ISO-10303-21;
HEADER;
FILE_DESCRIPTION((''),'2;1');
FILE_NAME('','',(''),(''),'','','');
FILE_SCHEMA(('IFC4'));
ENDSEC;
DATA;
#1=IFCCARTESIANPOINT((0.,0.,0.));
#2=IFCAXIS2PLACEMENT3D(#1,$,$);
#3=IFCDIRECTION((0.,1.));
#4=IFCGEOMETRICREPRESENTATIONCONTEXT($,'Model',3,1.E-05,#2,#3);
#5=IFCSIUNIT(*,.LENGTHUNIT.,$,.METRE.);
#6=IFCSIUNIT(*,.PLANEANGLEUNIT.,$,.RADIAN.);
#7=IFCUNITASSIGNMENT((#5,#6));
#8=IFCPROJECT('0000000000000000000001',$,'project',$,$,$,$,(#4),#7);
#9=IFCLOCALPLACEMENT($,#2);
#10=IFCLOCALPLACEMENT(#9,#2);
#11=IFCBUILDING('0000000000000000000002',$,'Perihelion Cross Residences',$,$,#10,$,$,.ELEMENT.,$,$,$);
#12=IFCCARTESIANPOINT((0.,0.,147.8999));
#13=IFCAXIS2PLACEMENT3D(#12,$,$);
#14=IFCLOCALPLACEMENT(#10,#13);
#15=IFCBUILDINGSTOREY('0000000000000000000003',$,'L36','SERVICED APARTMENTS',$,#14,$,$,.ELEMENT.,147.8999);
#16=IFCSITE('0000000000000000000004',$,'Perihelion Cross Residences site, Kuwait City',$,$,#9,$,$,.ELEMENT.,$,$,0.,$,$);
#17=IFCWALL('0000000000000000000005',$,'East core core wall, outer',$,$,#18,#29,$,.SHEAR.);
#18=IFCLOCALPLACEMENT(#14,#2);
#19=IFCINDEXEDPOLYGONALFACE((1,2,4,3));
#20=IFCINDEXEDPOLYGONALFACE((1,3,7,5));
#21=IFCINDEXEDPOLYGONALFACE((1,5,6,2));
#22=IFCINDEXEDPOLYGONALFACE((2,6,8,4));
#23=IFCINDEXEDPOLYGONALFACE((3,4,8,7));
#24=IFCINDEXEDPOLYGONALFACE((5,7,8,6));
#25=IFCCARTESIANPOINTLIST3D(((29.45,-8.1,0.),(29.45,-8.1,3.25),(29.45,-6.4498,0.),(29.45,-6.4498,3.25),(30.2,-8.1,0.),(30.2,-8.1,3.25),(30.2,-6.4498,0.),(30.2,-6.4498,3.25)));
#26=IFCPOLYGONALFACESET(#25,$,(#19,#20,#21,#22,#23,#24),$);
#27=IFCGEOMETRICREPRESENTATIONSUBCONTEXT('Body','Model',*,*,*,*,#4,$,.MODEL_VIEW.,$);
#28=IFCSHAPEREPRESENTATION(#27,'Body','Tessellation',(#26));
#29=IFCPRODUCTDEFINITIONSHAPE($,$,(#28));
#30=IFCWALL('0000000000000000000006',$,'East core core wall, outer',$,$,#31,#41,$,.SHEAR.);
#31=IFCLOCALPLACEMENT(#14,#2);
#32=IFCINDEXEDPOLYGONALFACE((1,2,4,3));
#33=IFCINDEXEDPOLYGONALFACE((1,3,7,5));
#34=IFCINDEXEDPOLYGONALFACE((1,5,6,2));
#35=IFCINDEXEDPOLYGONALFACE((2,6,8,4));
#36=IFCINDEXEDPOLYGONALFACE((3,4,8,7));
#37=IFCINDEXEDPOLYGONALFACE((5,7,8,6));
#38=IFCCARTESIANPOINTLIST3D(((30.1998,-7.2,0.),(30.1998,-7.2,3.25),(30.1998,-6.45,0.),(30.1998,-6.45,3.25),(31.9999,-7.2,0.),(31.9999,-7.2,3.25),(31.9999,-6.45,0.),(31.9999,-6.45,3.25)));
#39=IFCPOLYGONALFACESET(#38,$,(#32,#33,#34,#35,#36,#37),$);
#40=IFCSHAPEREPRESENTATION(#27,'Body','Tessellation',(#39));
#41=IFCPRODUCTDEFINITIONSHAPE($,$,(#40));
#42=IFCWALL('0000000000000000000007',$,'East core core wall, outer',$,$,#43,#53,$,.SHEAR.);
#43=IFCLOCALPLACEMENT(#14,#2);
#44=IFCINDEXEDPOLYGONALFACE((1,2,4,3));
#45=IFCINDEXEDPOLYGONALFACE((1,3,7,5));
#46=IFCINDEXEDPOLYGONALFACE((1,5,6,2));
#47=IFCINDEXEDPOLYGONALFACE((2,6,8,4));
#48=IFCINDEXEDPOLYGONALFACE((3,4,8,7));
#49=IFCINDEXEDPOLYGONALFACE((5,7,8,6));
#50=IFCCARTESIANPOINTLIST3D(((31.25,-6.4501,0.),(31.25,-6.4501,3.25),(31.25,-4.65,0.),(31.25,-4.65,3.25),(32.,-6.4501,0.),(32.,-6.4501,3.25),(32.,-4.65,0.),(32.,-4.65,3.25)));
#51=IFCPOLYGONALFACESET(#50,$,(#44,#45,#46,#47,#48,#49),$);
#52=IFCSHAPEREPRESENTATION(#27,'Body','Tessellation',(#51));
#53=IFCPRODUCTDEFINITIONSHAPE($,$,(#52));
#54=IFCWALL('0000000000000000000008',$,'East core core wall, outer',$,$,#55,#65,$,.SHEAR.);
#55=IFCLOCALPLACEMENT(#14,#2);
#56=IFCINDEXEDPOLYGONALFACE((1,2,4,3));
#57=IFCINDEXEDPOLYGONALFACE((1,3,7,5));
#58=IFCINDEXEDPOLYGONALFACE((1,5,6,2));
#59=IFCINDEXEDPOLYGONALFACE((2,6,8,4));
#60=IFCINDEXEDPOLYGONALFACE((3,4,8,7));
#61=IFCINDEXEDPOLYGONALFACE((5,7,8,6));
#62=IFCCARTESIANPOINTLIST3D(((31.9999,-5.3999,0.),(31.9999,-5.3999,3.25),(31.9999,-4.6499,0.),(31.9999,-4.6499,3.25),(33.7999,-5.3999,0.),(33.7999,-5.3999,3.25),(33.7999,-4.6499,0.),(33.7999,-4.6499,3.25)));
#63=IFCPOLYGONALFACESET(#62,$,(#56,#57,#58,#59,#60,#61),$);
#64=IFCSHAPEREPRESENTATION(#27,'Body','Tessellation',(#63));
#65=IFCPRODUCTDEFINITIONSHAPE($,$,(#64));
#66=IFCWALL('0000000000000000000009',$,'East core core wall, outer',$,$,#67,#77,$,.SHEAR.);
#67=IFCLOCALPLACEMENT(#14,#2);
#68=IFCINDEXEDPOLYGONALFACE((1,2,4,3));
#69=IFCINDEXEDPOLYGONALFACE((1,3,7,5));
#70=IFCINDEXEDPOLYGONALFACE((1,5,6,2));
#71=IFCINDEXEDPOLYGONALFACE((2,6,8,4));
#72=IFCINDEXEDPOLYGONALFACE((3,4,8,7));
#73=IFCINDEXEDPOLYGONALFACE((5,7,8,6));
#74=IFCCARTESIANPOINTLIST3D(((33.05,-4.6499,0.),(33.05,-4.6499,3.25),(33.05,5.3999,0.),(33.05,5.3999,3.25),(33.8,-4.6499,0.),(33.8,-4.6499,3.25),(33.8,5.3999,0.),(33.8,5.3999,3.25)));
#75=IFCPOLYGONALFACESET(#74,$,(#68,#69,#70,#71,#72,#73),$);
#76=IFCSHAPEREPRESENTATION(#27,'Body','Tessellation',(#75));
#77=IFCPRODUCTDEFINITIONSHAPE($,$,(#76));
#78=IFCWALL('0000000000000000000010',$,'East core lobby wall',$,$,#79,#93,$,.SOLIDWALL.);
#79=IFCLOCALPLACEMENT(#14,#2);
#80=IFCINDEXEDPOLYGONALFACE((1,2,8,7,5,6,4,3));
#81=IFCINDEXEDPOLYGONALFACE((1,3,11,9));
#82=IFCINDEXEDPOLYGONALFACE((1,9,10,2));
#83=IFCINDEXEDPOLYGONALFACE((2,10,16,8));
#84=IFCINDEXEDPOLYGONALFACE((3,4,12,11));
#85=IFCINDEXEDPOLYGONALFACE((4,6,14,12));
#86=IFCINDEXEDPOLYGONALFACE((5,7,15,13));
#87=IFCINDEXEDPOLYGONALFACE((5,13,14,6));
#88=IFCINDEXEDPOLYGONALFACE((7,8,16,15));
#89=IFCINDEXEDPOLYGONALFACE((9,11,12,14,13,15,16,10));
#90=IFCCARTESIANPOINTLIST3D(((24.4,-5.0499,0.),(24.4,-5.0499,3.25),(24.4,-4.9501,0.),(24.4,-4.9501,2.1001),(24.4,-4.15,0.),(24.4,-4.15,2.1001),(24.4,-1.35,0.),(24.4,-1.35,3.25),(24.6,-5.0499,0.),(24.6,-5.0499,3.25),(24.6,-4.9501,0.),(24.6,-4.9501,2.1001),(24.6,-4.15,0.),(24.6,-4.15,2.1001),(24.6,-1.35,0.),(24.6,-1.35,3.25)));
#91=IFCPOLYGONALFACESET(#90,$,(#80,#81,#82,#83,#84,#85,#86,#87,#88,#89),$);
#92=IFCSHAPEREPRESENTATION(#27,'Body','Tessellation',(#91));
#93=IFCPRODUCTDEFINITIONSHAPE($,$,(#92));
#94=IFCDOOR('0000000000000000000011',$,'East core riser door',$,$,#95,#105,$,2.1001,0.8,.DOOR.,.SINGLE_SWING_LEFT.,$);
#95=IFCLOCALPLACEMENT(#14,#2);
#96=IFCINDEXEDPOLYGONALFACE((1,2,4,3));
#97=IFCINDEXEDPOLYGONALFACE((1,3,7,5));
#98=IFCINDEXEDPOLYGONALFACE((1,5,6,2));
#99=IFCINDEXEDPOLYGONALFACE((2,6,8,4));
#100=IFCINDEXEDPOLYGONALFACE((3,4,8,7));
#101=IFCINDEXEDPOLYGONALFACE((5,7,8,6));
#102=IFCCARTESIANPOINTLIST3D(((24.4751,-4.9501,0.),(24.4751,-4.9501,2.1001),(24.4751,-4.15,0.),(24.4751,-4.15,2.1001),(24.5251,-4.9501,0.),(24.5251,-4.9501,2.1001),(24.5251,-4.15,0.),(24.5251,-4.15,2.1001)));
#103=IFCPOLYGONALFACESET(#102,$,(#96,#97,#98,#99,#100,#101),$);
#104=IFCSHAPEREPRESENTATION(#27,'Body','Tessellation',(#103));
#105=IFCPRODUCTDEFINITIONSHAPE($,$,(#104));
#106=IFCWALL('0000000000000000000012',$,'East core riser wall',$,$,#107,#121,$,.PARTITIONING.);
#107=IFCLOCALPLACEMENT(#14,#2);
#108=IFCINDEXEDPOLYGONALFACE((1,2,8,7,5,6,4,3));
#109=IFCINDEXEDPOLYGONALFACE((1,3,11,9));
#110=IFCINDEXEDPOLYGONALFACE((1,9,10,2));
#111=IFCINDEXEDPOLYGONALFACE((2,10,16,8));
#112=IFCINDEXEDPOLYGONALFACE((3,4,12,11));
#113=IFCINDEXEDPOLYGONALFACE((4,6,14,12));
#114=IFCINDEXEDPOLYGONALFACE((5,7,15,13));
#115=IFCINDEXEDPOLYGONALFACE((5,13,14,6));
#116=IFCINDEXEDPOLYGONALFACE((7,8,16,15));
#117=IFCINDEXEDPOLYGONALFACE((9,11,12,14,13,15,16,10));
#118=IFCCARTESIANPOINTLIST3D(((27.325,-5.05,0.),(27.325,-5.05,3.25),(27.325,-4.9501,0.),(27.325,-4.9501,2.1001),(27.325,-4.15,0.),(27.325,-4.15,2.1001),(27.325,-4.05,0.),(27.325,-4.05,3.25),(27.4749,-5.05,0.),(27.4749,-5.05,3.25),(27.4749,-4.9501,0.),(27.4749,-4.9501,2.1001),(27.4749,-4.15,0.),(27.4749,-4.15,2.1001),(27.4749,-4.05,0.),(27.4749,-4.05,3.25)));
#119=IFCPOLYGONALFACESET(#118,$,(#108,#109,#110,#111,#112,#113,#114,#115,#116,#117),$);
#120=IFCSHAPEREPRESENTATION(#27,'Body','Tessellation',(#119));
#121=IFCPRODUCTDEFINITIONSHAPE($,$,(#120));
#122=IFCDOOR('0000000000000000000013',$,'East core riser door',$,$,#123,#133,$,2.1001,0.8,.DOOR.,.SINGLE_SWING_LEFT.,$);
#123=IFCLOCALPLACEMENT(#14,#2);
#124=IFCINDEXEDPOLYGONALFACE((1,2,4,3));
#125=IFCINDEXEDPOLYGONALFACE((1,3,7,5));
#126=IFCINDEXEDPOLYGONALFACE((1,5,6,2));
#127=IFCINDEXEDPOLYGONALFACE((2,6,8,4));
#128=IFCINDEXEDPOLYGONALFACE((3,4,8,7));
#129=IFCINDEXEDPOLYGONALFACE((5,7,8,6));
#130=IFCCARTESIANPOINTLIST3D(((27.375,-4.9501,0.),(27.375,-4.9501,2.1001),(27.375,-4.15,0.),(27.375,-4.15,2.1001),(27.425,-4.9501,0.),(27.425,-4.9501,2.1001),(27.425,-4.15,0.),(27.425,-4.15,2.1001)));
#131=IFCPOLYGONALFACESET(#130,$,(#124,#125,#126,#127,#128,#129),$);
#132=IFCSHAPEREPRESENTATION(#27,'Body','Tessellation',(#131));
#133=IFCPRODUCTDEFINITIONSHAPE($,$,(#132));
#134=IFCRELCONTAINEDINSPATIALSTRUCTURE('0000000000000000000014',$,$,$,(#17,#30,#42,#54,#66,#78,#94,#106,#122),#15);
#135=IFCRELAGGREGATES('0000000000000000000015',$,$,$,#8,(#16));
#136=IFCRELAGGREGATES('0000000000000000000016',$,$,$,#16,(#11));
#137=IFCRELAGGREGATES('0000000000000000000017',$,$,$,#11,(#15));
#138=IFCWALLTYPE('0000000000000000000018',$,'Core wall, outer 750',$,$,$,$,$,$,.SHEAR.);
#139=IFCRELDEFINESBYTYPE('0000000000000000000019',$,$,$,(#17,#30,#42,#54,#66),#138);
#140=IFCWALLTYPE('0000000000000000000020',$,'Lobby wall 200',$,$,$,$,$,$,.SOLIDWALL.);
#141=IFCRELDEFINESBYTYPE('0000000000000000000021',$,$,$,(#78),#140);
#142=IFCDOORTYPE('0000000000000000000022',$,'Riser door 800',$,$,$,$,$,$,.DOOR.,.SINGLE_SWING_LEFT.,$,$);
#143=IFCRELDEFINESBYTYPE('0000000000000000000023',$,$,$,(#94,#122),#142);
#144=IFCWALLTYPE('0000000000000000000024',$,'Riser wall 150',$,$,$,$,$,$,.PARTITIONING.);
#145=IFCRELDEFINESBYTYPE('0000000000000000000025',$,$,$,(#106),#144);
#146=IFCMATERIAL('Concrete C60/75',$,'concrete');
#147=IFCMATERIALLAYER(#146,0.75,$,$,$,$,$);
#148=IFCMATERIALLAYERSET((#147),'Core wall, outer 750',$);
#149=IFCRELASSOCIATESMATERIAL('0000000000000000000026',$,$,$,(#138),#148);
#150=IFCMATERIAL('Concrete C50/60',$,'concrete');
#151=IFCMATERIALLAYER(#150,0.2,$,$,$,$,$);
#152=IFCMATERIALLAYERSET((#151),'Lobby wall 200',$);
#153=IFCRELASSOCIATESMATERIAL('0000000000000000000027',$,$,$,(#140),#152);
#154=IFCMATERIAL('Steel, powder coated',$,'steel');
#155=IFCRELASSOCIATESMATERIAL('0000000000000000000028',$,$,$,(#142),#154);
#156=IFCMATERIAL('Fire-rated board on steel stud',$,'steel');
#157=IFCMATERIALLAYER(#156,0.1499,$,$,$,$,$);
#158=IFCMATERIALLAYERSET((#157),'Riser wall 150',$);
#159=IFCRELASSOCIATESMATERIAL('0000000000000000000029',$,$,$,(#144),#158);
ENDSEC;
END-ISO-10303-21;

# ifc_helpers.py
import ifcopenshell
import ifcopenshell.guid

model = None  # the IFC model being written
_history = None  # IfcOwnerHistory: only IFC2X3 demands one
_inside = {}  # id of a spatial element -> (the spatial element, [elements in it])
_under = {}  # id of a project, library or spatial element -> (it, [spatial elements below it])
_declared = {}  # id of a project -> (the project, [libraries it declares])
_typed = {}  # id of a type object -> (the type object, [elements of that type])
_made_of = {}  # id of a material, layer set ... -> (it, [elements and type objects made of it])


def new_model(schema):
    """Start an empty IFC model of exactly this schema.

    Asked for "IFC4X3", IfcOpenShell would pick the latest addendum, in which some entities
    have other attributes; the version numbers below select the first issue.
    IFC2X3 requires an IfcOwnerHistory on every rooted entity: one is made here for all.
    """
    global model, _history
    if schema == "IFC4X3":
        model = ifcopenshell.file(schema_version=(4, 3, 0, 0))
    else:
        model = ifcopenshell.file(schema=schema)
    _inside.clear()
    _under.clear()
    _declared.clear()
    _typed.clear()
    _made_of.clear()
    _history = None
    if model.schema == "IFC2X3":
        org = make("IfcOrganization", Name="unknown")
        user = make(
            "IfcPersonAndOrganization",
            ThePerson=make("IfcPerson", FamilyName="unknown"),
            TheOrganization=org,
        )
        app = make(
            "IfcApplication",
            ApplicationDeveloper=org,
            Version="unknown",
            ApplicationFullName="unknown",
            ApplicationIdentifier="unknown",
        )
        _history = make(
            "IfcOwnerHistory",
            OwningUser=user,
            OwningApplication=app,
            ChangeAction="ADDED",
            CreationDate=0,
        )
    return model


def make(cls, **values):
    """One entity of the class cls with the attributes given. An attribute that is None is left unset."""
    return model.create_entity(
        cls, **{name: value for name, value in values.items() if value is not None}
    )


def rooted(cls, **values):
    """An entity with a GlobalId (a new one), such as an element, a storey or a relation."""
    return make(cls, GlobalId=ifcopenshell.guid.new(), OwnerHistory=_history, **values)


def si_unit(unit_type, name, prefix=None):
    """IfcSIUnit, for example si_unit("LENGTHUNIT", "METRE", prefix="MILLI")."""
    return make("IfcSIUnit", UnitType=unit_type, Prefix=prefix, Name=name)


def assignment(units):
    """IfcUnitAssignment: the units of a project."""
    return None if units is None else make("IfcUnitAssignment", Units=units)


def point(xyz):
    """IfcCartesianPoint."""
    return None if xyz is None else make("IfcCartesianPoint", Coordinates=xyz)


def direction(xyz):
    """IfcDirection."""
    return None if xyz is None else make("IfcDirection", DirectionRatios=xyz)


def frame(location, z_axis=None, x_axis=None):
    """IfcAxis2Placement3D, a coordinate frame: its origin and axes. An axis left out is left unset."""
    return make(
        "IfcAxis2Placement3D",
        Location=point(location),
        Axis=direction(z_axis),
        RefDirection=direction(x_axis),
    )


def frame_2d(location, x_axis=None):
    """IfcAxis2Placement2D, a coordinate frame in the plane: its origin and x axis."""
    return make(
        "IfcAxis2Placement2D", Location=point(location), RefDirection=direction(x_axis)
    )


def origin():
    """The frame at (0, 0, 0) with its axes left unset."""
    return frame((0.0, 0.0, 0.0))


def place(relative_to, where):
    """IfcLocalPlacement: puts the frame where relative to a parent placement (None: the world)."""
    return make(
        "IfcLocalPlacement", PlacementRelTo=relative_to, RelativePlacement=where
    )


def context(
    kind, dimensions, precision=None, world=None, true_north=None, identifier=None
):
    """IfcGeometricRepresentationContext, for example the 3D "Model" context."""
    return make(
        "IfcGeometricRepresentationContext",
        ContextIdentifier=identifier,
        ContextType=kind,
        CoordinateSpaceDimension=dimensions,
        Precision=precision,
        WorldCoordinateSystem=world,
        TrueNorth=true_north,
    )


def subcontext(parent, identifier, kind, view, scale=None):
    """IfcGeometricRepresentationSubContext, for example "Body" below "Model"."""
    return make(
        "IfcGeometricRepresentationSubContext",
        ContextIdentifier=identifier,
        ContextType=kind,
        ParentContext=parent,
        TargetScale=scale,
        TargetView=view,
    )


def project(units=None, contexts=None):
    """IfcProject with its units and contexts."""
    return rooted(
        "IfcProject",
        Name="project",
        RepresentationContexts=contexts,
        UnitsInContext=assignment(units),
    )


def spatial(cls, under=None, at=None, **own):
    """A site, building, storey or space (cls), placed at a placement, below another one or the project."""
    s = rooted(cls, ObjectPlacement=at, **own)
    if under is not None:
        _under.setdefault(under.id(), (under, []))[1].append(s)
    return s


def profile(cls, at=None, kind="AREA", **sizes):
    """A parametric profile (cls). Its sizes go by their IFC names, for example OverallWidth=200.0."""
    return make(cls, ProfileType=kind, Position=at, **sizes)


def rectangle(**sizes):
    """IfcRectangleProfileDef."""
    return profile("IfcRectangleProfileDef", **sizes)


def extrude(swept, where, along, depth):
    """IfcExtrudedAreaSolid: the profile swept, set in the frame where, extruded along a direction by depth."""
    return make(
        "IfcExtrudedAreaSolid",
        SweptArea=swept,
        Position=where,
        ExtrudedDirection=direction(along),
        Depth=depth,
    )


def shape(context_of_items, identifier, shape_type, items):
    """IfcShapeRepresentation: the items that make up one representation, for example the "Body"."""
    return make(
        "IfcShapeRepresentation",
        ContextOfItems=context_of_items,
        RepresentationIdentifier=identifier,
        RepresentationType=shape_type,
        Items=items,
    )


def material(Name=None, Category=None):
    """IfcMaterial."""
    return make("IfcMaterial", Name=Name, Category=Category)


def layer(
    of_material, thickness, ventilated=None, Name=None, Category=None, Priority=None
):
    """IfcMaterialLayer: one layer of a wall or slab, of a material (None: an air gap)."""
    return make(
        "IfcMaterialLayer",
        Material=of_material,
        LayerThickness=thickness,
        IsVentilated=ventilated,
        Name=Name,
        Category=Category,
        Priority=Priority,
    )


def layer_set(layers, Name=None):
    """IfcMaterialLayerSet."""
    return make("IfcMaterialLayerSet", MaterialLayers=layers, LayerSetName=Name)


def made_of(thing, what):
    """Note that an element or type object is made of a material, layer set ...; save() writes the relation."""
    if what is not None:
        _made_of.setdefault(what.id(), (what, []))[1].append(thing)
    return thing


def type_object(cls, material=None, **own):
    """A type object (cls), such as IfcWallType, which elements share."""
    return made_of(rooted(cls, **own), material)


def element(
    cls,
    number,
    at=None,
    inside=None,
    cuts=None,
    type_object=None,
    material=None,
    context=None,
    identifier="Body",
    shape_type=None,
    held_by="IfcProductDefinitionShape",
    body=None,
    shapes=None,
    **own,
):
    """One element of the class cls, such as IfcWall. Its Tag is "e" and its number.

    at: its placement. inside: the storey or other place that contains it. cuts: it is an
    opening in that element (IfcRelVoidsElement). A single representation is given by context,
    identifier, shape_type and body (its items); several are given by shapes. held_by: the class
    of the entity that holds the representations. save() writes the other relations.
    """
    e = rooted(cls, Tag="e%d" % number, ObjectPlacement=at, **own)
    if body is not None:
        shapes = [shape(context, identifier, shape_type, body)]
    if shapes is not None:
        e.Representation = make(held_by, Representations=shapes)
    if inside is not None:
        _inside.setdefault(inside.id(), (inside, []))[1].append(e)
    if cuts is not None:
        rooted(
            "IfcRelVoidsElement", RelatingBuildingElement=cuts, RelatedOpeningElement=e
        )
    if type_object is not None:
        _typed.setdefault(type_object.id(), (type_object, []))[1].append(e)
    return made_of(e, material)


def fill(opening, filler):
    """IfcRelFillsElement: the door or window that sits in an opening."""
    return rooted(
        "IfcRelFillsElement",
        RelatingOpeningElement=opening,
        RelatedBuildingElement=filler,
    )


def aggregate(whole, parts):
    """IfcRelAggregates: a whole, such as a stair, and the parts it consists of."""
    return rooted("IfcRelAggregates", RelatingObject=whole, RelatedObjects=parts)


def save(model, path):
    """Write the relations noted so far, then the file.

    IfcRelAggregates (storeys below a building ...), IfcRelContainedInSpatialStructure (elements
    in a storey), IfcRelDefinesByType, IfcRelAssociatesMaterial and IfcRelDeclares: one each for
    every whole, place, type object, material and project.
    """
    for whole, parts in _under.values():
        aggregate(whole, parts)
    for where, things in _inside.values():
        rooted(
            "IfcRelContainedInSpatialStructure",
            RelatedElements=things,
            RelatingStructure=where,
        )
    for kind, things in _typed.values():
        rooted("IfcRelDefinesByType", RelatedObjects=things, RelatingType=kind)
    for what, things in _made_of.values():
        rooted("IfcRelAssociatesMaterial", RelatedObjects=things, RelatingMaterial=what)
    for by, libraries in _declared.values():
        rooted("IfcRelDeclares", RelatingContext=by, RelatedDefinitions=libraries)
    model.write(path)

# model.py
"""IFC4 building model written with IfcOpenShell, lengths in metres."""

from ifc_helpers import new_model, si_unit, direction, frame, frame_2d, origin, place, context, subcontext, project, spatial, rectangle, extrude, material, layer, layer_set, type_object, element, fill, save


model = new_model("IFC4")

# Units and contexts
model_context = context("Model", 3, precision=1e-05, world=origin(), true_north=direction((0.0, 1.0)))
body_context = subcontext(model_context, "Body", "Model", "MODEL_VIEW")
ifc_project = project(units=[si_unit("LENGTHUNIT", "METRE"), si_unit("PLANEANGLEUNIT", "RADIAN")], contexts=[model_context])

# Site, building, storey
site_placement = place(None, origin())
site = spatial("IfcSite", under=ifc_project, at=site_placement, Name="Perihelion Cross Residences site, Kuwait City", CompositionType="ELEMENT", RefElevation=0.0)
building_placement = place(site_placement, origin())
building = spatial("IfcBuilding", under=site, at=building_placement, Name="Perihelion Cross Residences", CompositionType="ELEMENT")
storey_placement = place(building_placement, frame((0.0, 0.0, 147.8999)))
storey = spatial("IfcBuildingStorey", under=building, at=storey_placement, Name="L36", Description="SERVICED APARTMENTS", CompositionType="ELEMENT", Elevation=147.8999)

# Walls
ifc_material_1 = material(Name="Concrete C60/75", Category="concrete")
ifc_layer_1 = layer(ifc_material_1, 0.75)
ifc_layer_set_1 = layer_set([ifc_layer_1], Name="Core wall, outer 750")
wall_type_1 = type_object("IfcWallType", Name="Core wall, outer 750", PredefinedType="SHEAR", material=ifc_layer_set_1)
wall_1_placement = place(storey_placement, frame((29.825, -8.1001, 0.0), z_axis=(0.0, 0.0, 1.0), x_axis=(0.0, 1.0, 0.0)))
element("IfcWall", 1, at=wall_1_placement, inside=storey, type_object=wall_type_1, Name="East core core wall, outer", PredefinedType="SHEAR", context=body_context, shape_type="SweptSolid", body=[
    extrude(rectangle(XDim=1.6501, YDim=0.75, at=frame_2d((0.8252, 0.0))), origin(), (0.0, 0.0, 1.0), 3.25),
])
for number, where, z_axis, x_axis, name in (
    (2, (30.2, -6.825, 0.0), (0.0, 0.0, 1.0), (1.0, 0.0, 0.0), "East core core wall, outer"),
    (3, (31.625, -6.45, 0.0), (0.0, 0.0, 1.0), (0.0, 1.0, 0.0), "East core core wall, outer"),
    (4, (32.0, -5.0249, 0.0), (0.0, 0.0, 1.0), (1.0, 0.0, 0.0), "East core core wall, outer"),
):
    element("IfcWall", number, at=place(storey_placement, frame(where, z_axis=z_axis, x_axis=x_axis)), inside=storey, type_object=wall_type_1, Name=name, PredefinedType="SHEAR", context=body_context, shape_type="SweptSolid", body=[
        extrude(rectangle(XDim=1.8, YDim=0.75, at=frame_2d((0.8999, 0.0))), origin(), (0.0, 0.0, 1.0), 3.25),
    ])
wall_2_placement = place(storey_placement, frame((33.425, -4.6499, 0.0), z_axis=(0.0, 0.0, 1.0), x_axis=(0.0, 1.0, 0.0)))
element("IfcWall", 5, at=wall_2_placement, inside=storey, type_object=wall_type_1, Name="East core core wall, outer", PredefinedType="SHEAR", context=body_context, shape_type="SweptSolid", body=[
    extrude(rectangle(XDim=10.0498, YDim=0.75, at=frame_2d((5.0249, 0.0))), origin(), (0.0, 0.0, 1.0), 3.25),
])

# Walls, openings, doors
ifc_material_2 = material(Name="Concrete C50/60", Category="concrete")
ifc_layer_2 = layer(ifc_material_2, 0.2)
ifc_layer_set_2 = layer_set([ifc_layer_2], Name="Lobby wall 200")
wall_type_2 = type_object("IfcWallType", Name="Lobby wall 200", PredefinedType="SOLIDWALL", material=ifc_layer_set_2)
wall_3_placement = place(storey_placement, frame((24.5, -5.05, 0.0), z_axis=(0.0, 0.0, 1.0), x_axis=(0.0, 1.0, 0.0)))
wall_3 = element("IfcWall", 6, at=wall_3_placement, inside=storey, type_object=wall_type_2, Name="East core lobby wall", PredefinedType="SOLIDWALL", context=body_context, shape_type="SweptSolid", body=[
    extrude(rectangle(XDim=3.7, YDim=0.2, at=frame_2d((1.8501, 0.0))), origin(), (0.0, 0.0, 1.0), 3.25),
])
opening_1_placement = place(wall_3_placement, frame((0.1001, 0.0, 0.0)))
opening_1 = element("IfcOpeningElement", 7, at=opening_1_placement, cuts=wall_3, PredefinedType="OPENING", context=body_context, shape_type="SweptSolid", body=[
    extrude(rectangle(XDim=0.8, YDim=2.1001, at=frame_2d((0.3999, 1.05))), frame((0.0, 0.1099, 0.0), z_axis=(0.0, -1.0, 0.0), x_axis=(1.0, 0.0, 0.0)), (0.0, 0.0, 1.0), 0.22),
])
ifc_material_3 = material(Name="Steel, powder coated", Category="steel")
door_type_1 = type_object("IfcDoorType", Name="Riser door 800", OperationType="SINGLE_SWING_LEFT", PredefinedType="DOOR", material=ifc_material_3)
door_1_placement = place(opening_1_placement, origin())
door_1 = element("IfcDoor", 8, at=door_1_placement, inside=storey, type_object=door_type_1, Name="East core riser door", OperationType="SINGLE_SWING_LEFT", OverallHeight=2.1001, OverallWidth=0.8, PredefinedType="DOOR", context=body_context, shape_type="SweptSolid", body=[
    extrude(rectangle(XDim=0.8, YDim=2.1001, at=frame_2d((0.3999, 1.05))), frame((0.0, 0.0249, 0.0), z_axis=(0.0, -1.0, 0.0), x_axis=(1.0, 0.0, 0.0)), (0.0, 0.0, 1.0), 0.05),
])
fill(opening_1, door_1)
ifc_material_4 = material(Name="Fire-rated board on steel stud", Category="steel")
ifc_layer_3 = layer(ifc_material_4, 0.1499)
ifc_layer_set_3 = layer_set([ifc_layer_3], Name="Riser wall 150")
wall_type_3 = type_object("IfcWallType", Name="Riser wall 150", PredefinedType="PARTITIONING", material=ifc_layer_set_3)
wall_4_placement = place(storey_placement, frame((27.3999, -5.05, 0.0), z_axis=(0.0, 0.0, 1.0), x_axis=(0.0, 1.0, 0.0)))
wall_4 = element("IfcWall", 9, at=wall_4_placement, inside=storey, type_object=wall_type_3, Name="East core riser wall", PredefinedType="PARTITIONING", context=body_context, shape_type="SweptSolid", body=[
    extrude(rectangle(XDim=1.0, YDim=0.1499, at=frame_2d((0.5, 0.0))), origin(), (0.0, 0.0, 1.0), 3.25),
])
opening_2_placement = place(wall_4_placement, frame((0.1001, 0.0, 0.0)))
opening_2 = element("IfcOpeningElement", 10, at=opening_2_placement, cuts=wall_4, PredefinedType="OPENING", context=body_context, shape_type="SweptSolid", body=[
    extrude(rectangle(XDim=0.8, YDim=2.1001, at=frame_2d((0.3999, 1.05))), frame((0.0, 0.085, 0.0), z_axis=(0.0, -1.0, 0.0), x_axis=(1.0, 0.0, 0.0)), (0.0, 0.0, 1.0), 0.1699),
])
door_2_placement = place(opening_2_placement, origin())
door_2 = element("IfcDoor", 11, at=door_2_placement, inside=storey, type_object=door_type_1, Name="East core riser door", OperationType="SINGLE_SWING_LEFT", OverallHeight=2.1001, OverallWidth=0.8, PredefinedType="DOOR", context=body_context, shape_type="SweptSolid", body=[
    extrude(rectangle(XDim=0.8, YDim=2.1001, at=frame_2d((0.3999, 1.05))), frame((0.0, 0.0249, 0.0), z_axis=(0.0, -1.0, 0.0), x_axis=(1.0, 0.0, 0.0)), (0.0, 0.0, 1.0), 0.05),
])
fill(opening_2, door_2)

save(model, "model.ifc")
